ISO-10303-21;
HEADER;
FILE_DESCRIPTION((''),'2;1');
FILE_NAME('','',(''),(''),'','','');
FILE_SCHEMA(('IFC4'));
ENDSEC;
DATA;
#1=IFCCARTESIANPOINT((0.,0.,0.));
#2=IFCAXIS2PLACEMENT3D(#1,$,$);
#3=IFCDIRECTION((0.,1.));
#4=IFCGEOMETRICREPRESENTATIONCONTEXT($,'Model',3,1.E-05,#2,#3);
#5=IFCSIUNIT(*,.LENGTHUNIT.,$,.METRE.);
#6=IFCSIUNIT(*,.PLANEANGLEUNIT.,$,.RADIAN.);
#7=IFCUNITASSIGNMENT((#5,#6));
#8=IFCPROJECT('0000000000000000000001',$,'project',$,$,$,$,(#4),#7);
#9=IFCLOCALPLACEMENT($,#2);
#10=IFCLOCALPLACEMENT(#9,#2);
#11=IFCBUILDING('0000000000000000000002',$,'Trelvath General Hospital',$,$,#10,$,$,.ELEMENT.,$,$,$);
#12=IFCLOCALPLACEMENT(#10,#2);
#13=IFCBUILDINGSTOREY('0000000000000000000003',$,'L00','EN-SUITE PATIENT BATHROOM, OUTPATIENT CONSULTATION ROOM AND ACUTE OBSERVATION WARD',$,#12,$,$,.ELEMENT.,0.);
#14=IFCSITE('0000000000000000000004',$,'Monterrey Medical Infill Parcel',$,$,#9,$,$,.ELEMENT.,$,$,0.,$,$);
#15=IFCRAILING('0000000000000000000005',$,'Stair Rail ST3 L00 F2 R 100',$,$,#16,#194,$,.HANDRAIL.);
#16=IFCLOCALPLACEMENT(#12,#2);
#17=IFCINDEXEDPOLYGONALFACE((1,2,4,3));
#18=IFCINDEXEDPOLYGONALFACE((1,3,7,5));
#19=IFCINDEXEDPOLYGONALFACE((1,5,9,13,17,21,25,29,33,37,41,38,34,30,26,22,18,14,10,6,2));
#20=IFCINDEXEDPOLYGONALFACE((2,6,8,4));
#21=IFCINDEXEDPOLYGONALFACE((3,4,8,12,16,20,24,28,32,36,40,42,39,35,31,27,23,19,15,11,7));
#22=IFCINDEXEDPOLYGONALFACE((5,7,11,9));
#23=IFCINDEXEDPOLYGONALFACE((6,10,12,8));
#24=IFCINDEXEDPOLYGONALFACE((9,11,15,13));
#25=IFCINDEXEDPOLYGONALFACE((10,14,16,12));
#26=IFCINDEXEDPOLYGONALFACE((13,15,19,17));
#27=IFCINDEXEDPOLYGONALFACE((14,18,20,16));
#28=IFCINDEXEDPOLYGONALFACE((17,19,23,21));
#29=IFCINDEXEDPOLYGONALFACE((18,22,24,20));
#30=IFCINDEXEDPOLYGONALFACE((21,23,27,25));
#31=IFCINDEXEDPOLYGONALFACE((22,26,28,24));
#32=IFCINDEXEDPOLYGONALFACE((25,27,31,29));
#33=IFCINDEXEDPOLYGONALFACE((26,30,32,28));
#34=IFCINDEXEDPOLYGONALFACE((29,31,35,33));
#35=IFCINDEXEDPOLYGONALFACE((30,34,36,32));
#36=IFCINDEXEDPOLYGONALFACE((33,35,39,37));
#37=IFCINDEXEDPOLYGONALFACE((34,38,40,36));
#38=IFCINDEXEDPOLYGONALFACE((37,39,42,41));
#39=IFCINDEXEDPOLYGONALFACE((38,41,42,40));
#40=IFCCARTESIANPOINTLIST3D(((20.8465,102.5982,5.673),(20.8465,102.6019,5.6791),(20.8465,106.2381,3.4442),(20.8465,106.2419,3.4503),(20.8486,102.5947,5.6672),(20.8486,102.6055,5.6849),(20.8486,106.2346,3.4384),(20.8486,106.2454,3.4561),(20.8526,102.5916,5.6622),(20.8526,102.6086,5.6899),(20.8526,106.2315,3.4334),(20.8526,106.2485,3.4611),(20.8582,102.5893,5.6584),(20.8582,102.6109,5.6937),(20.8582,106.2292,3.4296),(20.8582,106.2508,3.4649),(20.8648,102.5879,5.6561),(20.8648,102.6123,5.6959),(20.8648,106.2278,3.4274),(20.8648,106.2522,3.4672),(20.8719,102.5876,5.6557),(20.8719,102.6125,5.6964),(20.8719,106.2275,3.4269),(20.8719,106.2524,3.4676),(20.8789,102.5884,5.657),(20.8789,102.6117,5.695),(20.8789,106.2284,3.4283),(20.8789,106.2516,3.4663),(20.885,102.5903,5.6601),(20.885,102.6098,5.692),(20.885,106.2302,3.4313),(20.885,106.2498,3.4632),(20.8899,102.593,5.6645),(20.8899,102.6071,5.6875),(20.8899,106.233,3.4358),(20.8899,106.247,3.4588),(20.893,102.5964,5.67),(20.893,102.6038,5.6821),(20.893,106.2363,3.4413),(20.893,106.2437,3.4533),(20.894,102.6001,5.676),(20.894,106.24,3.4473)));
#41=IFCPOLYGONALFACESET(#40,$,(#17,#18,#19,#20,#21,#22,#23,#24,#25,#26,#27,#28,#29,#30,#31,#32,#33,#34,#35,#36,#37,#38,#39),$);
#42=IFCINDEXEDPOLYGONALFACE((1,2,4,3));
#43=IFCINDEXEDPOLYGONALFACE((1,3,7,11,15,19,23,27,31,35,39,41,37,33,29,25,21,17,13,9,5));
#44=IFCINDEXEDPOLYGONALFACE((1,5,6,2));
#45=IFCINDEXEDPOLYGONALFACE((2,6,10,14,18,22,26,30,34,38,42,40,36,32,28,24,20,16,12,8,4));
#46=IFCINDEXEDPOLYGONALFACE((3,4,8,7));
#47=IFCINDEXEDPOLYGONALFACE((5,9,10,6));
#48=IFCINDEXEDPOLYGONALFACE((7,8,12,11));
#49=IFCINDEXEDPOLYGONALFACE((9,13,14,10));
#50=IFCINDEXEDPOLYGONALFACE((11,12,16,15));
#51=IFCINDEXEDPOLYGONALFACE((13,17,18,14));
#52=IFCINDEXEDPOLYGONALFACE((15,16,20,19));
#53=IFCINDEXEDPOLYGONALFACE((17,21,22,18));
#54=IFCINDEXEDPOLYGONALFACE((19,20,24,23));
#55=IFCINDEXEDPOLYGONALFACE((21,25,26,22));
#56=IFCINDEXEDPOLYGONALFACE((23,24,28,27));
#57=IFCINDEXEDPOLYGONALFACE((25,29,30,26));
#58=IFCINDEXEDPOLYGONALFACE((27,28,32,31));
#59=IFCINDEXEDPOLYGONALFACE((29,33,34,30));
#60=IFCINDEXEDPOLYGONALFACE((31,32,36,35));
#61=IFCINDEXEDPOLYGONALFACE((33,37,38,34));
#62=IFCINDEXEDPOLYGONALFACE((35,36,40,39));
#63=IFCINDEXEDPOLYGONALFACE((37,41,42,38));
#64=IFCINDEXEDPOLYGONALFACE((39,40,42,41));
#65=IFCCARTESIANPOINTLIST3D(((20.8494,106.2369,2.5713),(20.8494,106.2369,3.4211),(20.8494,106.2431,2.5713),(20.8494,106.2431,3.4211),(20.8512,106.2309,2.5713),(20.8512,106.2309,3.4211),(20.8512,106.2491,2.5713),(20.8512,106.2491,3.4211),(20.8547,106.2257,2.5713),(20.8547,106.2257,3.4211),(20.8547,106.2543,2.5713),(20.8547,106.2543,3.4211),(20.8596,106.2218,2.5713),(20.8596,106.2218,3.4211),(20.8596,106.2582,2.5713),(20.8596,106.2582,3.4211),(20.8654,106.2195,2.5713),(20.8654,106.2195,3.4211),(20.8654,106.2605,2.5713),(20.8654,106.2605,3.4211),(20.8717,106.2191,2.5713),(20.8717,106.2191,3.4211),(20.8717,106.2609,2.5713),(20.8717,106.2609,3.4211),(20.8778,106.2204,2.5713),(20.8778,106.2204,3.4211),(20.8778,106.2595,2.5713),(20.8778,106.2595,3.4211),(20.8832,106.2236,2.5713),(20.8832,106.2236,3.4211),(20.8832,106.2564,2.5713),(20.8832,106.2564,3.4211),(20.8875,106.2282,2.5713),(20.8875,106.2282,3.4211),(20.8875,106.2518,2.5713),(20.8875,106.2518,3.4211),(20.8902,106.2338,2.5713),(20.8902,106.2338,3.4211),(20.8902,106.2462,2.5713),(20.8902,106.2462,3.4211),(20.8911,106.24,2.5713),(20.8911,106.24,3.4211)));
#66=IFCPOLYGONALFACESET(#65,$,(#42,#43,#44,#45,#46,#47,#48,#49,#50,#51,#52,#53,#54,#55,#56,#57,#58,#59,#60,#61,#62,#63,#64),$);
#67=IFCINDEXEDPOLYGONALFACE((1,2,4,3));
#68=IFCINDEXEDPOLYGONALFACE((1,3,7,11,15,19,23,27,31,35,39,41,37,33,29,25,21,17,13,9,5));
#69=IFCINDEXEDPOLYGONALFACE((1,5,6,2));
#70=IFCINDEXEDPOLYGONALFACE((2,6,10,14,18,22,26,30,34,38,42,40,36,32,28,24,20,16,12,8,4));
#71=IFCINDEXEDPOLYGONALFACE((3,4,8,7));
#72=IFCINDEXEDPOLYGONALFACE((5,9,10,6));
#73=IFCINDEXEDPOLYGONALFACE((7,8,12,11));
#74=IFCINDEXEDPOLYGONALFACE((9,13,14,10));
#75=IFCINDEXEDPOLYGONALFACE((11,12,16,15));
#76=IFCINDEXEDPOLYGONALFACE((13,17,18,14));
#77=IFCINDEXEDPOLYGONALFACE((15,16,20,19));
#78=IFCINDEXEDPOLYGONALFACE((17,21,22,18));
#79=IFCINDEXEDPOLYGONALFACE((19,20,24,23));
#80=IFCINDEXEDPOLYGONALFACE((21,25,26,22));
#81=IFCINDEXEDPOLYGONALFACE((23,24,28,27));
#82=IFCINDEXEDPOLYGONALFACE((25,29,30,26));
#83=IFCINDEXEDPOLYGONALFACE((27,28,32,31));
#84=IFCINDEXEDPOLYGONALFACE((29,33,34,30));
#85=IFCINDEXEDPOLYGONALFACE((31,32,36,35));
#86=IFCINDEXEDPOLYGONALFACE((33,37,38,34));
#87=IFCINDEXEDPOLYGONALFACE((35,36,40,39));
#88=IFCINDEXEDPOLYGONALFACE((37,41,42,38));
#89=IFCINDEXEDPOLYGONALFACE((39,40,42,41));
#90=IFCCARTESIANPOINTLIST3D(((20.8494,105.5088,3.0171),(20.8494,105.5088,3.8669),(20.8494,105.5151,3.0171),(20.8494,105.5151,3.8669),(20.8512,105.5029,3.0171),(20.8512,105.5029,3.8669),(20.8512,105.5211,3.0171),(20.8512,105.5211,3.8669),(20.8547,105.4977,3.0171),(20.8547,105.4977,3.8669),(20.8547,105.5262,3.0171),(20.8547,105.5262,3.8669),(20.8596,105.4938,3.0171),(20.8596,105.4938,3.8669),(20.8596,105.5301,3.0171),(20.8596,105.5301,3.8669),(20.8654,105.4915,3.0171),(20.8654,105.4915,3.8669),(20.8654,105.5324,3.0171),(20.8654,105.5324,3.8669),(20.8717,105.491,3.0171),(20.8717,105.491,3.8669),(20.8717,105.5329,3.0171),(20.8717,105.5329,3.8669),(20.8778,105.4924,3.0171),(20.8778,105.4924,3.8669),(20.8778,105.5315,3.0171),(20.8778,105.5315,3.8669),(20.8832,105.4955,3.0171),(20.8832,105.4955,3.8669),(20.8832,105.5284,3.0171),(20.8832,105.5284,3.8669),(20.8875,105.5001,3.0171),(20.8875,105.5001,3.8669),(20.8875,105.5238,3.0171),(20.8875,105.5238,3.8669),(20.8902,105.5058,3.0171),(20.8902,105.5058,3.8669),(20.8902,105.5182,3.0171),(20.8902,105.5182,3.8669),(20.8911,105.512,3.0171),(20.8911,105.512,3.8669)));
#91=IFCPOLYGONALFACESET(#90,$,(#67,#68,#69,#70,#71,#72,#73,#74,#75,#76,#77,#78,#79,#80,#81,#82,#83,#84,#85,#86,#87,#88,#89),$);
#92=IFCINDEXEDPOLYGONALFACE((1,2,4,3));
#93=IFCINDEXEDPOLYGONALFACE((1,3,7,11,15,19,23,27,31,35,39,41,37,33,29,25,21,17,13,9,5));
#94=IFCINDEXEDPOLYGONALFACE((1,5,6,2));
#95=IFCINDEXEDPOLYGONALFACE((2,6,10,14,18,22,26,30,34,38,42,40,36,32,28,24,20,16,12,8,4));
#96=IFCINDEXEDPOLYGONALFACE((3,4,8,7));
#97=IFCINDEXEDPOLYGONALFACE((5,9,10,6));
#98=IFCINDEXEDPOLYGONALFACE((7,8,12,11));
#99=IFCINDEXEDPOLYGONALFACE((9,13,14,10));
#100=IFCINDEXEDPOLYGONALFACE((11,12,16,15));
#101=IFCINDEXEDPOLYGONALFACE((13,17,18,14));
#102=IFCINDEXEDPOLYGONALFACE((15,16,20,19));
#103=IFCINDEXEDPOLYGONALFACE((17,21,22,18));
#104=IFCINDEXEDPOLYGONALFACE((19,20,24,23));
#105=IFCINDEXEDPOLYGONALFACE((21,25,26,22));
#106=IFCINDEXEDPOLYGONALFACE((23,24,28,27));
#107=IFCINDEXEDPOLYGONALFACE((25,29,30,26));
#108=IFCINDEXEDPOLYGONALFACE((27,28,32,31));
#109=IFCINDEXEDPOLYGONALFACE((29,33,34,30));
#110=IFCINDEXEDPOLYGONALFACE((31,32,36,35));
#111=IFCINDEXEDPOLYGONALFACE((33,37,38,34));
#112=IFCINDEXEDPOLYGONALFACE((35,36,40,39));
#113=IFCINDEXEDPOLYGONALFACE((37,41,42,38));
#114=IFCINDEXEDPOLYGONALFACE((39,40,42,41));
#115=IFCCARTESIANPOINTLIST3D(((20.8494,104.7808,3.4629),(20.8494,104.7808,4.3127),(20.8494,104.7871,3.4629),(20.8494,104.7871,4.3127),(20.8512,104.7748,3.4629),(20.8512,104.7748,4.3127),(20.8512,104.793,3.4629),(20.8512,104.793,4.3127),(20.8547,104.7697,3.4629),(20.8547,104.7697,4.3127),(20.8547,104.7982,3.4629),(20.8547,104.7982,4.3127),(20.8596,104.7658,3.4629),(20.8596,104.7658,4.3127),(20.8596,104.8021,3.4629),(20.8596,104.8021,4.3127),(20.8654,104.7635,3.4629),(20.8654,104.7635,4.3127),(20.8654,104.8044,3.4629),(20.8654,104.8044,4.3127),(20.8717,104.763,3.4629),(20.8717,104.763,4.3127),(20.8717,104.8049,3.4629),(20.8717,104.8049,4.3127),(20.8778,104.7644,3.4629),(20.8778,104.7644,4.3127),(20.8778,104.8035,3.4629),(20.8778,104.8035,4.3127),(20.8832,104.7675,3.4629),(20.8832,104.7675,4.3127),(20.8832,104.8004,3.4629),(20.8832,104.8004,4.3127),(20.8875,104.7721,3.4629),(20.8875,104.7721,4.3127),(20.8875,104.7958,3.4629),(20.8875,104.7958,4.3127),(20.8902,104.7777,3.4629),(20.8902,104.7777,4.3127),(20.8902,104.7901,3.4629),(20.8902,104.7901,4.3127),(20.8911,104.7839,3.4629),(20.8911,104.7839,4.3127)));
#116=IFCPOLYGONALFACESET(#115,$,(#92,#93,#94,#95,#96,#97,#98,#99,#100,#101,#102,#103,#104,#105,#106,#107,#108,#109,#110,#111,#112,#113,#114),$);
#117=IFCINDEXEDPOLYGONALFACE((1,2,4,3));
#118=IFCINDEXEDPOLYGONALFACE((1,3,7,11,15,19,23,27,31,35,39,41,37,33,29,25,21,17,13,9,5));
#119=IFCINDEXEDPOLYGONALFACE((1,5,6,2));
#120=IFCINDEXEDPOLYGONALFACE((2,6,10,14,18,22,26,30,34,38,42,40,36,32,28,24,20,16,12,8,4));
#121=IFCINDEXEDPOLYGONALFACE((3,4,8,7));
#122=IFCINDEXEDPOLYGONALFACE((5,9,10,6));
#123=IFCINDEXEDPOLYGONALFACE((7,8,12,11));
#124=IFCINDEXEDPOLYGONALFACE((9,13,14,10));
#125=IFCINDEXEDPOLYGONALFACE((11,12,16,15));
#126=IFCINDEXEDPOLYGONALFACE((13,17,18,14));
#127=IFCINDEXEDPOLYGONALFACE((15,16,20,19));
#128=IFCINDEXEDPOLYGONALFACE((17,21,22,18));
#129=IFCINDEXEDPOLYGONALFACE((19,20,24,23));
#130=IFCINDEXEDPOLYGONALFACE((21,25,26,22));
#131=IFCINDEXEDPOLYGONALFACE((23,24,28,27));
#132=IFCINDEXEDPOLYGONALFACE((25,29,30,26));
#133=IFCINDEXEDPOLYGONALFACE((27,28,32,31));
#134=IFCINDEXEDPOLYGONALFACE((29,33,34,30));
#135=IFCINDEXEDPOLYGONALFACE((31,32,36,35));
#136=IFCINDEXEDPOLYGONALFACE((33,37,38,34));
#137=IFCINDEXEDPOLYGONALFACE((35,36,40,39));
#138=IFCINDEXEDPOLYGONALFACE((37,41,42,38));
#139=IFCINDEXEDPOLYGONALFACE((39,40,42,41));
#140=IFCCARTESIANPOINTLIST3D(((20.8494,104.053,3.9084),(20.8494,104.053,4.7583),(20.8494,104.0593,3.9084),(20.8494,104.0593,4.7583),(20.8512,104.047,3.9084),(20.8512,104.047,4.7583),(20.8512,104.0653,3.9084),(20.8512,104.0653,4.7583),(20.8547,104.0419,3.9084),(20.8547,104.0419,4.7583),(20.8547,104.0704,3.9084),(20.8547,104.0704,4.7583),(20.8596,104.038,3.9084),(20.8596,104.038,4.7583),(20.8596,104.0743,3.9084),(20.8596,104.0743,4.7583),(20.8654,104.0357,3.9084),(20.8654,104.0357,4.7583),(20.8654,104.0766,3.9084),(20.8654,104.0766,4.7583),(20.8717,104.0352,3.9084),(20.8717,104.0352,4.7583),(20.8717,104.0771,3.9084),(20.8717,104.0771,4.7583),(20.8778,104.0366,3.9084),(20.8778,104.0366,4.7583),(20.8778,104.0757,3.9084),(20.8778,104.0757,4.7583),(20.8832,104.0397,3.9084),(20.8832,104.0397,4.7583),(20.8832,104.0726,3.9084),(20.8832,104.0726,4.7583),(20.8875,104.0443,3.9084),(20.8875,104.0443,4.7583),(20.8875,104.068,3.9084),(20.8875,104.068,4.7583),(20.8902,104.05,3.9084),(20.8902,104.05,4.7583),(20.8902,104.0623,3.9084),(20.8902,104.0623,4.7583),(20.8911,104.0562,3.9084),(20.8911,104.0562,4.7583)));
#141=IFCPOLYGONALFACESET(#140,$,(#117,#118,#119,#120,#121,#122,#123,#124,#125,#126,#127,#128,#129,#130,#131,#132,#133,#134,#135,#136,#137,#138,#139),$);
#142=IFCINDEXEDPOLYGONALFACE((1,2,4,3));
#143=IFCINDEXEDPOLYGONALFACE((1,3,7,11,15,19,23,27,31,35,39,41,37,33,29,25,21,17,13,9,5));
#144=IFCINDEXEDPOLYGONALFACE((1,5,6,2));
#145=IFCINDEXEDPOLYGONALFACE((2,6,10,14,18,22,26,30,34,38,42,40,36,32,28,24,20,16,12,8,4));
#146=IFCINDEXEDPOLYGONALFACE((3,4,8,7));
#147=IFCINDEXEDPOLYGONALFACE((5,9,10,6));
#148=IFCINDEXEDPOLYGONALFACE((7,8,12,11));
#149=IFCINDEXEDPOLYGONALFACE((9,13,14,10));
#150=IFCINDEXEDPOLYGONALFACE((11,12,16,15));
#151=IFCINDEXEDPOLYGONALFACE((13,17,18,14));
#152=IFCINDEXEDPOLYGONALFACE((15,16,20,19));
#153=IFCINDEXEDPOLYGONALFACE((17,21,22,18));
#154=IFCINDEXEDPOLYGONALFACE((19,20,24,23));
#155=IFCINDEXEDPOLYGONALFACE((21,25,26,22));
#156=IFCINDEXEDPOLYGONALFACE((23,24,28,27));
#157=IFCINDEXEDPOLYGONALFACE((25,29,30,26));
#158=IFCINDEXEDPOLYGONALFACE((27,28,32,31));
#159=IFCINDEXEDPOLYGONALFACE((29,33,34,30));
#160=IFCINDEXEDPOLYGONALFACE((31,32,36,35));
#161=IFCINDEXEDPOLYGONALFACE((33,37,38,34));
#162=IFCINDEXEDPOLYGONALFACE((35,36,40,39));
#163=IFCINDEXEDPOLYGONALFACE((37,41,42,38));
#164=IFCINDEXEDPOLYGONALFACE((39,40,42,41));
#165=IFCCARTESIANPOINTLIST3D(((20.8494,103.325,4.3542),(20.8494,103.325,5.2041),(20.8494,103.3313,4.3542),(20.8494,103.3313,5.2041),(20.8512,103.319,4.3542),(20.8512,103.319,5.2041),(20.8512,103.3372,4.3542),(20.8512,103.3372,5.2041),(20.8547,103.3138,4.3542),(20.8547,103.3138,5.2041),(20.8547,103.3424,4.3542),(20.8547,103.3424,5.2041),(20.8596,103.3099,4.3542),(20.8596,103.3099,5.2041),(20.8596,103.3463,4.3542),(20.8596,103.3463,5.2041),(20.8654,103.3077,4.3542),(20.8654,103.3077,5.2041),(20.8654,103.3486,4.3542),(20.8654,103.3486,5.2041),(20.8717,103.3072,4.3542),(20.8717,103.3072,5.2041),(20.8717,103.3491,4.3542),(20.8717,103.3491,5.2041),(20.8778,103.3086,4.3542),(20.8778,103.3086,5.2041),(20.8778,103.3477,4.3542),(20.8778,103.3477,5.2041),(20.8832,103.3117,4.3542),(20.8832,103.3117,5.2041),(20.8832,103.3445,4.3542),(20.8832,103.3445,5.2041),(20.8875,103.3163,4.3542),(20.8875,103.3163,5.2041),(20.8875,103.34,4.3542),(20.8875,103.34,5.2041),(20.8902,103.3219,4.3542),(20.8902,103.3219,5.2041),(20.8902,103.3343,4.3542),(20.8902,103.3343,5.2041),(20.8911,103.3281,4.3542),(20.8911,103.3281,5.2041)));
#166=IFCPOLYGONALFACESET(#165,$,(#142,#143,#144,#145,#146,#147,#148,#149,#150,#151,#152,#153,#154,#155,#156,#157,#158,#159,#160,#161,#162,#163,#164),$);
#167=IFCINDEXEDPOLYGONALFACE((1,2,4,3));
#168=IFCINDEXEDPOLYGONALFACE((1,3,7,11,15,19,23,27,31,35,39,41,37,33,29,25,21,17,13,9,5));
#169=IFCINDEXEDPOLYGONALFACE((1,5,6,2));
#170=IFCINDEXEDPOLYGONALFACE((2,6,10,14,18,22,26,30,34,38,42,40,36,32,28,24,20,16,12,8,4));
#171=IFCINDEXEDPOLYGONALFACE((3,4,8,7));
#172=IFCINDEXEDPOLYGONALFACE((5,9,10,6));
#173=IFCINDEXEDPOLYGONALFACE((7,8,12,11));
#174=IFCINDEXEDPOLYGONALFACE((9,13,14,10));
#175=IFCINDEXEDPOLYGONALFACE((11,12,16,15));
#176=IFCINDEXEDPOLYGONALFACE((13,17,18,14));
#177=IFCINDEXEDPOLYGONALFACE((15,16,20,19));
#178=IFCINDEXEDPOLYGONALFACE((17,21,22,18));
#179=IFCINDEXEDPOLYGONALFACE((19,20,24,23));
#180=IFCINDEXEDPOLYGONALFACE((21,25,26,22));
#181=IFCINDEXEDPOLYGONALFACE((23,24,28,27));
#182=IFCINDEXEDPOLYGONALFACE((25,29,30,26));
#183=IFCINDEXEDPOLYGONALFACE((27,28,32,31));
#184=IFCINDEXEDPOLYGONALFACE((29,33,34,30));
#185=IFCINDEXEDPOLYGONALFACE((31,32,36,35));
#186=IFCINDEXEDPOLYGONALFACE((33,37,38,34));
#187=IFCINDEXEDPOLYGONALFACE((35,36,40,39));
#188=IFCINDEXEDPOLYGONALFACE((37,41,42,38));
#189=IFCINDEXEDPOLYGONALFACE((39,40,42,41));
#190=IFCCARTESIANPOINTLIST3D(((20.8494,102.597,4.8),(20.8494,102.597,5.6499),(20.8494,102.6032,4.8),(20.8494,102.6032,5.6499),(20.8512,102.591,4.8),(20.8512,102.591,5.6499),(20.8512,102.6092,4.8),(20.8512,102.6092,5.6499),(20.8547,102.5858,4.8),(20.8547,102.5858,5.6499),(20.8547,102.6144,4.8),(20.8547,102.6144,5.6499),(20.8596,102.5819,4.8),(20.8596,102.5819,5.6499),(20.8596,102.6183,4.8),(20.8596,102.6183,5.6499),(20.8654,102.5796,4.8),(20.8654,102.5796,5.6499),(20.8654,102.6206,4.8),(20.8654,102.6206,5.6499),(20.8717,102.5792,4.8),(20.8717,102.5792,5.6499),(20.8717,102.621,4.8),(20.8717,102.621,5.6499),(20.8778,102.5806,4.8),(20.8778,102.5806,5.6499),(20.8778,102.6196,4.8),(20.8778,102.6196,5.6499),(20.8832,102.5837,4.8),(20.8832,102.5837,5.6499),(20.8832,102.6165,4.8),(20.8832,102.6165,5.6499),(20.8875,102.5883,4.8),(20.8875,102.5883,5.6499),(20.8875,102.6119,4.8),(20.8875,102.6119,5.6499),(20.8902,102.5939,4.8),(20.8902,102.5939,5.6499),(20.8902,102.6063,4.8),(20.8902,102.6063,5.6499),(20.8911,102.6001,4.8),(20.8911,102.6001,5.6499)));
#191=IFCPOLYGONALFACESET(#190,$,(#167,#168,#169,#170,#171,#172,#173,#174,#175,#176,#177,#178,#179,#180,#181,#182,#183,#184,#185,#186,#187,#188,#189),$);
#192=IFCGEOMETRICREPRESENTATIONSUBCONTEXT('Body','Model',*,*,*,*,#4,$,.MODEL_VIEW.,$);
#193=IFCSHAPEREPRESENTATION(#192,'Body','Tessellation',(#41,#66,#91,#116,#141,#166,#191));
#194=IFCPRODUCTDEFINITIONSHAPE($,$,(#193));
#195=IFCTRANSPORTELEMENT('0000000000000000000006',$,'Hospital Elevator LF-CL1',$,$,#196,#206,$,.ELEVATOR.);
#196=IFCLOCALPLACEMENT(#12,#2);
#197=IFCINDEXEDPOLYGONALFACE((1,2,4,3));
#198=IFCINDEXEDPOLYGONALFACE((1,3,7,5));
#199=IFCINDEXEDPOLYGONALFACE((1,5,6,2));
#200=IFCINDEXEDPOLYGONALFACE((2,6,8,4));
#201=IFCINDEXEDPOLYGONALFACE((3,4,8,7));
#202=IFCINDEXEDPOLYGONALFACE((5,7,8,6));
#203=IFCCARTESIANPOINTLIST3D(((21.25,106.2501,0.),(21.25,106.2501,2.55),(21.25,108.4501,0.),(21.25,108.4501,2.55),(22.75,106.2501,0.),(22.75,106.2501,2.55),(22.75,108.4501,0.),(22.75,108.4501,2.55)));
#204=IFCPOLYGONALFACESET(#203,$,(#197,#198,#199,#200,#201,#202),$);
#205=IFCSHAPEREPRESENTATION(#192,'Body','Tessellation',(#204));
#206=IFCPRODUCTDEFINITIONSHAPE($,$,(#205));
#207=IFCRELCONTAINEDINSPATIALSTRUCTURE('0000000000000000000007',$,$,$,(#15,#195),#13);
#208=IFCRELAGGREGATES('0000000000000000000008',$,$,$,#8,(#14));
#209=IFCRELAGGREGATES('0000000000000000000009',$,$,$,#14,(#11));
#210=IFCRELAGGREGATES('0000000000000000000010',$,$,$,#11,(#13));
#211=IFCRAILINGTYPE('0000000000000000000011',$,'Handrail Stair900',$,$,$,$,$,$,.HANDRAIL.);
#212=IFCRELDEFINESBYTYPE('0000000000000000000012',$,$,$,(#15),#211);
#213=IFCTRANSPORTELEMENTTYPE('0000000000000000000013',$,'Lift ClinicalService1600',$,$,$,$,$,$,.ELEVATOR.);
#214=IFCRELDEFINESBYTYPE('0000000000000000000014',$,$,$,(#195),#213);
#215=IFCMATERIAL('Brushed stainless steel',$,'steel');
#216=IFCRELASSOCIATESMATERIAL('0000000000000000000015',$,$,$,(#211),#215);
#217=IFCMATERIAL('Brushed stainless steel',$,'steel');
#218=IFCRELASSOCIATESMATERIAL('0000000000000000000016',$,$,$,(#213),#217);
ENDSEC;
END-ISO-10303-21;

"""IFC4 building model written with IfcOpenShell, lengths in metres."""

from ifc_helpers import new_model, si_unit, direction, frame, origin, origin_2d, place, context, subcontext, project, spatial, rectangle, circle, extrude, material, type_object, element, save


model = new_model("IFC4")

# Units and contexts
model_context = context("Model", 3, precision=1e-05, world=origin(), true_north=direction((0.0, 1.0)))
body_context = subcontext(model_context, "Body", "Model", "MODEL_VIEW")
ifc_project = project(units=[si_unit("LENGTHUNIT", "METRE"), si_unit("PLANEANGLEUNIT", "RADIAN")], contexts=[model_context])

# Site, building, storey
site_placement = place(None, origin())
site = spatial("IfcSite", under=ifc_project, at=site_placement, Name="Monterrey Medical Infill Parcel", CompositionType="ELEMENT", RefElevation=0.0)
building_placement = place(site_placement, origin())
building = spatial("IfcBuilding", under=site, at=building_placement, Name="Trelvath General Hospital", CompositionType="ELEMENT")
storey_placement = place(building_placement, origin())
storey = spatial("IfcBuildingStorey", under=building, at=storey_placement, Name="L00", Description="EN-SUITE PATIENT BATHROOM, OUTPATIENT CONSULTATION ROOM AND ACUTE OBSERVATION WARD", CompositionType="ELEMENT", Elevation=0.0)

# Railing
ifc_material_1 = material(Name="Brushed stainless steel", Category="steel")
railing_type_1 = type_object("IfcRailingType", Name="Handrail Stair900", PredefinedType="HANDRAIL", material=ifc_material_1)
railing_1_placement = place(storey_placement, frame((20.8701, 106.24, 2.5713)))
element("IfcRailing", 1, at=railing_1_placement, inside=storey, type_object=railing_type_1, Name="Stair Rail ST3 L00 F2 R 100", PredefinedType="HANDRAIL", context=body_context, shape_type="SweptSolid", body=[
    extrude(circle(Radius=0.0239, at=origin_2d()), frame((0.0, 0.0, 0.876), z_axis=(0.0, -0.852825, 0.522197), x_axis=(1.0, 0.0, 0.0)), (0.0, 0.0, 1.0), 4.2681),
    extrude(circle(Radius=0.021, at=origin_2d()), origin(), (0.0, 0.0, 1.0), 0.8499),
    extrude(circle(Radius=0.021, at=origin_2d()), frame((0.0, -0.728, 0.4458)), (0.0, 0.0, 1.0), 0.8499),
    extrude(circle(Radius=0.021, at=origin_2d()), frame((0.0, -1.4561, 0.8916)), (0.0, 0.0, 1.0), 0.8499),
    extrude(circle(Radius=0.021, at=origin_2d()), frame((0.0, -2.1838, 1.3372)), (0.0, 0.0, 1.0), 0.8499),
    extrude(circle(Radius=0.021, at=origin_2d()), frame((0.0, -2.9119, 1.783)), (0.0, 0.0, 1.0), 0.8499),
    extrude(circle(Radius=0.021, at=origin_2d()), frame((0.0, -3.6399, 2.2288)), (0.0, 0.0, 1.0), 0.8499),
])

# Transport element
ifc_material_2 = material(Name="Brushed stainless steel", Category="steel")
transport_element_type = type_object("IfcTransportElementType", Name="Lift ClinicalService1600", PredefinedType="ELEVATOR", material=ifc_material_2)
transport_element_placement = place(storey_placement, frame((22.0, 107.3501, 0.0), z_axis=(0.0, 0.0, 1.0), x_axis=(1.0, 0.0, 0.0)))
element("IfcTransportElement", 2, at=transport_element_placement, inside=storey, type_object=transport_element_type, Name="Hospital Elevator LF-CL1", PredefinedType="ELEVATOR", context=body_context, shape_type="SweptSolid", body=[
    extrude(rectangle(XDim=1.5, YDim=2.2, at=origin_2d()), origin(), (0.0, 0.0, 1.0), 2.55),
])

save(model, "model.ifc")
